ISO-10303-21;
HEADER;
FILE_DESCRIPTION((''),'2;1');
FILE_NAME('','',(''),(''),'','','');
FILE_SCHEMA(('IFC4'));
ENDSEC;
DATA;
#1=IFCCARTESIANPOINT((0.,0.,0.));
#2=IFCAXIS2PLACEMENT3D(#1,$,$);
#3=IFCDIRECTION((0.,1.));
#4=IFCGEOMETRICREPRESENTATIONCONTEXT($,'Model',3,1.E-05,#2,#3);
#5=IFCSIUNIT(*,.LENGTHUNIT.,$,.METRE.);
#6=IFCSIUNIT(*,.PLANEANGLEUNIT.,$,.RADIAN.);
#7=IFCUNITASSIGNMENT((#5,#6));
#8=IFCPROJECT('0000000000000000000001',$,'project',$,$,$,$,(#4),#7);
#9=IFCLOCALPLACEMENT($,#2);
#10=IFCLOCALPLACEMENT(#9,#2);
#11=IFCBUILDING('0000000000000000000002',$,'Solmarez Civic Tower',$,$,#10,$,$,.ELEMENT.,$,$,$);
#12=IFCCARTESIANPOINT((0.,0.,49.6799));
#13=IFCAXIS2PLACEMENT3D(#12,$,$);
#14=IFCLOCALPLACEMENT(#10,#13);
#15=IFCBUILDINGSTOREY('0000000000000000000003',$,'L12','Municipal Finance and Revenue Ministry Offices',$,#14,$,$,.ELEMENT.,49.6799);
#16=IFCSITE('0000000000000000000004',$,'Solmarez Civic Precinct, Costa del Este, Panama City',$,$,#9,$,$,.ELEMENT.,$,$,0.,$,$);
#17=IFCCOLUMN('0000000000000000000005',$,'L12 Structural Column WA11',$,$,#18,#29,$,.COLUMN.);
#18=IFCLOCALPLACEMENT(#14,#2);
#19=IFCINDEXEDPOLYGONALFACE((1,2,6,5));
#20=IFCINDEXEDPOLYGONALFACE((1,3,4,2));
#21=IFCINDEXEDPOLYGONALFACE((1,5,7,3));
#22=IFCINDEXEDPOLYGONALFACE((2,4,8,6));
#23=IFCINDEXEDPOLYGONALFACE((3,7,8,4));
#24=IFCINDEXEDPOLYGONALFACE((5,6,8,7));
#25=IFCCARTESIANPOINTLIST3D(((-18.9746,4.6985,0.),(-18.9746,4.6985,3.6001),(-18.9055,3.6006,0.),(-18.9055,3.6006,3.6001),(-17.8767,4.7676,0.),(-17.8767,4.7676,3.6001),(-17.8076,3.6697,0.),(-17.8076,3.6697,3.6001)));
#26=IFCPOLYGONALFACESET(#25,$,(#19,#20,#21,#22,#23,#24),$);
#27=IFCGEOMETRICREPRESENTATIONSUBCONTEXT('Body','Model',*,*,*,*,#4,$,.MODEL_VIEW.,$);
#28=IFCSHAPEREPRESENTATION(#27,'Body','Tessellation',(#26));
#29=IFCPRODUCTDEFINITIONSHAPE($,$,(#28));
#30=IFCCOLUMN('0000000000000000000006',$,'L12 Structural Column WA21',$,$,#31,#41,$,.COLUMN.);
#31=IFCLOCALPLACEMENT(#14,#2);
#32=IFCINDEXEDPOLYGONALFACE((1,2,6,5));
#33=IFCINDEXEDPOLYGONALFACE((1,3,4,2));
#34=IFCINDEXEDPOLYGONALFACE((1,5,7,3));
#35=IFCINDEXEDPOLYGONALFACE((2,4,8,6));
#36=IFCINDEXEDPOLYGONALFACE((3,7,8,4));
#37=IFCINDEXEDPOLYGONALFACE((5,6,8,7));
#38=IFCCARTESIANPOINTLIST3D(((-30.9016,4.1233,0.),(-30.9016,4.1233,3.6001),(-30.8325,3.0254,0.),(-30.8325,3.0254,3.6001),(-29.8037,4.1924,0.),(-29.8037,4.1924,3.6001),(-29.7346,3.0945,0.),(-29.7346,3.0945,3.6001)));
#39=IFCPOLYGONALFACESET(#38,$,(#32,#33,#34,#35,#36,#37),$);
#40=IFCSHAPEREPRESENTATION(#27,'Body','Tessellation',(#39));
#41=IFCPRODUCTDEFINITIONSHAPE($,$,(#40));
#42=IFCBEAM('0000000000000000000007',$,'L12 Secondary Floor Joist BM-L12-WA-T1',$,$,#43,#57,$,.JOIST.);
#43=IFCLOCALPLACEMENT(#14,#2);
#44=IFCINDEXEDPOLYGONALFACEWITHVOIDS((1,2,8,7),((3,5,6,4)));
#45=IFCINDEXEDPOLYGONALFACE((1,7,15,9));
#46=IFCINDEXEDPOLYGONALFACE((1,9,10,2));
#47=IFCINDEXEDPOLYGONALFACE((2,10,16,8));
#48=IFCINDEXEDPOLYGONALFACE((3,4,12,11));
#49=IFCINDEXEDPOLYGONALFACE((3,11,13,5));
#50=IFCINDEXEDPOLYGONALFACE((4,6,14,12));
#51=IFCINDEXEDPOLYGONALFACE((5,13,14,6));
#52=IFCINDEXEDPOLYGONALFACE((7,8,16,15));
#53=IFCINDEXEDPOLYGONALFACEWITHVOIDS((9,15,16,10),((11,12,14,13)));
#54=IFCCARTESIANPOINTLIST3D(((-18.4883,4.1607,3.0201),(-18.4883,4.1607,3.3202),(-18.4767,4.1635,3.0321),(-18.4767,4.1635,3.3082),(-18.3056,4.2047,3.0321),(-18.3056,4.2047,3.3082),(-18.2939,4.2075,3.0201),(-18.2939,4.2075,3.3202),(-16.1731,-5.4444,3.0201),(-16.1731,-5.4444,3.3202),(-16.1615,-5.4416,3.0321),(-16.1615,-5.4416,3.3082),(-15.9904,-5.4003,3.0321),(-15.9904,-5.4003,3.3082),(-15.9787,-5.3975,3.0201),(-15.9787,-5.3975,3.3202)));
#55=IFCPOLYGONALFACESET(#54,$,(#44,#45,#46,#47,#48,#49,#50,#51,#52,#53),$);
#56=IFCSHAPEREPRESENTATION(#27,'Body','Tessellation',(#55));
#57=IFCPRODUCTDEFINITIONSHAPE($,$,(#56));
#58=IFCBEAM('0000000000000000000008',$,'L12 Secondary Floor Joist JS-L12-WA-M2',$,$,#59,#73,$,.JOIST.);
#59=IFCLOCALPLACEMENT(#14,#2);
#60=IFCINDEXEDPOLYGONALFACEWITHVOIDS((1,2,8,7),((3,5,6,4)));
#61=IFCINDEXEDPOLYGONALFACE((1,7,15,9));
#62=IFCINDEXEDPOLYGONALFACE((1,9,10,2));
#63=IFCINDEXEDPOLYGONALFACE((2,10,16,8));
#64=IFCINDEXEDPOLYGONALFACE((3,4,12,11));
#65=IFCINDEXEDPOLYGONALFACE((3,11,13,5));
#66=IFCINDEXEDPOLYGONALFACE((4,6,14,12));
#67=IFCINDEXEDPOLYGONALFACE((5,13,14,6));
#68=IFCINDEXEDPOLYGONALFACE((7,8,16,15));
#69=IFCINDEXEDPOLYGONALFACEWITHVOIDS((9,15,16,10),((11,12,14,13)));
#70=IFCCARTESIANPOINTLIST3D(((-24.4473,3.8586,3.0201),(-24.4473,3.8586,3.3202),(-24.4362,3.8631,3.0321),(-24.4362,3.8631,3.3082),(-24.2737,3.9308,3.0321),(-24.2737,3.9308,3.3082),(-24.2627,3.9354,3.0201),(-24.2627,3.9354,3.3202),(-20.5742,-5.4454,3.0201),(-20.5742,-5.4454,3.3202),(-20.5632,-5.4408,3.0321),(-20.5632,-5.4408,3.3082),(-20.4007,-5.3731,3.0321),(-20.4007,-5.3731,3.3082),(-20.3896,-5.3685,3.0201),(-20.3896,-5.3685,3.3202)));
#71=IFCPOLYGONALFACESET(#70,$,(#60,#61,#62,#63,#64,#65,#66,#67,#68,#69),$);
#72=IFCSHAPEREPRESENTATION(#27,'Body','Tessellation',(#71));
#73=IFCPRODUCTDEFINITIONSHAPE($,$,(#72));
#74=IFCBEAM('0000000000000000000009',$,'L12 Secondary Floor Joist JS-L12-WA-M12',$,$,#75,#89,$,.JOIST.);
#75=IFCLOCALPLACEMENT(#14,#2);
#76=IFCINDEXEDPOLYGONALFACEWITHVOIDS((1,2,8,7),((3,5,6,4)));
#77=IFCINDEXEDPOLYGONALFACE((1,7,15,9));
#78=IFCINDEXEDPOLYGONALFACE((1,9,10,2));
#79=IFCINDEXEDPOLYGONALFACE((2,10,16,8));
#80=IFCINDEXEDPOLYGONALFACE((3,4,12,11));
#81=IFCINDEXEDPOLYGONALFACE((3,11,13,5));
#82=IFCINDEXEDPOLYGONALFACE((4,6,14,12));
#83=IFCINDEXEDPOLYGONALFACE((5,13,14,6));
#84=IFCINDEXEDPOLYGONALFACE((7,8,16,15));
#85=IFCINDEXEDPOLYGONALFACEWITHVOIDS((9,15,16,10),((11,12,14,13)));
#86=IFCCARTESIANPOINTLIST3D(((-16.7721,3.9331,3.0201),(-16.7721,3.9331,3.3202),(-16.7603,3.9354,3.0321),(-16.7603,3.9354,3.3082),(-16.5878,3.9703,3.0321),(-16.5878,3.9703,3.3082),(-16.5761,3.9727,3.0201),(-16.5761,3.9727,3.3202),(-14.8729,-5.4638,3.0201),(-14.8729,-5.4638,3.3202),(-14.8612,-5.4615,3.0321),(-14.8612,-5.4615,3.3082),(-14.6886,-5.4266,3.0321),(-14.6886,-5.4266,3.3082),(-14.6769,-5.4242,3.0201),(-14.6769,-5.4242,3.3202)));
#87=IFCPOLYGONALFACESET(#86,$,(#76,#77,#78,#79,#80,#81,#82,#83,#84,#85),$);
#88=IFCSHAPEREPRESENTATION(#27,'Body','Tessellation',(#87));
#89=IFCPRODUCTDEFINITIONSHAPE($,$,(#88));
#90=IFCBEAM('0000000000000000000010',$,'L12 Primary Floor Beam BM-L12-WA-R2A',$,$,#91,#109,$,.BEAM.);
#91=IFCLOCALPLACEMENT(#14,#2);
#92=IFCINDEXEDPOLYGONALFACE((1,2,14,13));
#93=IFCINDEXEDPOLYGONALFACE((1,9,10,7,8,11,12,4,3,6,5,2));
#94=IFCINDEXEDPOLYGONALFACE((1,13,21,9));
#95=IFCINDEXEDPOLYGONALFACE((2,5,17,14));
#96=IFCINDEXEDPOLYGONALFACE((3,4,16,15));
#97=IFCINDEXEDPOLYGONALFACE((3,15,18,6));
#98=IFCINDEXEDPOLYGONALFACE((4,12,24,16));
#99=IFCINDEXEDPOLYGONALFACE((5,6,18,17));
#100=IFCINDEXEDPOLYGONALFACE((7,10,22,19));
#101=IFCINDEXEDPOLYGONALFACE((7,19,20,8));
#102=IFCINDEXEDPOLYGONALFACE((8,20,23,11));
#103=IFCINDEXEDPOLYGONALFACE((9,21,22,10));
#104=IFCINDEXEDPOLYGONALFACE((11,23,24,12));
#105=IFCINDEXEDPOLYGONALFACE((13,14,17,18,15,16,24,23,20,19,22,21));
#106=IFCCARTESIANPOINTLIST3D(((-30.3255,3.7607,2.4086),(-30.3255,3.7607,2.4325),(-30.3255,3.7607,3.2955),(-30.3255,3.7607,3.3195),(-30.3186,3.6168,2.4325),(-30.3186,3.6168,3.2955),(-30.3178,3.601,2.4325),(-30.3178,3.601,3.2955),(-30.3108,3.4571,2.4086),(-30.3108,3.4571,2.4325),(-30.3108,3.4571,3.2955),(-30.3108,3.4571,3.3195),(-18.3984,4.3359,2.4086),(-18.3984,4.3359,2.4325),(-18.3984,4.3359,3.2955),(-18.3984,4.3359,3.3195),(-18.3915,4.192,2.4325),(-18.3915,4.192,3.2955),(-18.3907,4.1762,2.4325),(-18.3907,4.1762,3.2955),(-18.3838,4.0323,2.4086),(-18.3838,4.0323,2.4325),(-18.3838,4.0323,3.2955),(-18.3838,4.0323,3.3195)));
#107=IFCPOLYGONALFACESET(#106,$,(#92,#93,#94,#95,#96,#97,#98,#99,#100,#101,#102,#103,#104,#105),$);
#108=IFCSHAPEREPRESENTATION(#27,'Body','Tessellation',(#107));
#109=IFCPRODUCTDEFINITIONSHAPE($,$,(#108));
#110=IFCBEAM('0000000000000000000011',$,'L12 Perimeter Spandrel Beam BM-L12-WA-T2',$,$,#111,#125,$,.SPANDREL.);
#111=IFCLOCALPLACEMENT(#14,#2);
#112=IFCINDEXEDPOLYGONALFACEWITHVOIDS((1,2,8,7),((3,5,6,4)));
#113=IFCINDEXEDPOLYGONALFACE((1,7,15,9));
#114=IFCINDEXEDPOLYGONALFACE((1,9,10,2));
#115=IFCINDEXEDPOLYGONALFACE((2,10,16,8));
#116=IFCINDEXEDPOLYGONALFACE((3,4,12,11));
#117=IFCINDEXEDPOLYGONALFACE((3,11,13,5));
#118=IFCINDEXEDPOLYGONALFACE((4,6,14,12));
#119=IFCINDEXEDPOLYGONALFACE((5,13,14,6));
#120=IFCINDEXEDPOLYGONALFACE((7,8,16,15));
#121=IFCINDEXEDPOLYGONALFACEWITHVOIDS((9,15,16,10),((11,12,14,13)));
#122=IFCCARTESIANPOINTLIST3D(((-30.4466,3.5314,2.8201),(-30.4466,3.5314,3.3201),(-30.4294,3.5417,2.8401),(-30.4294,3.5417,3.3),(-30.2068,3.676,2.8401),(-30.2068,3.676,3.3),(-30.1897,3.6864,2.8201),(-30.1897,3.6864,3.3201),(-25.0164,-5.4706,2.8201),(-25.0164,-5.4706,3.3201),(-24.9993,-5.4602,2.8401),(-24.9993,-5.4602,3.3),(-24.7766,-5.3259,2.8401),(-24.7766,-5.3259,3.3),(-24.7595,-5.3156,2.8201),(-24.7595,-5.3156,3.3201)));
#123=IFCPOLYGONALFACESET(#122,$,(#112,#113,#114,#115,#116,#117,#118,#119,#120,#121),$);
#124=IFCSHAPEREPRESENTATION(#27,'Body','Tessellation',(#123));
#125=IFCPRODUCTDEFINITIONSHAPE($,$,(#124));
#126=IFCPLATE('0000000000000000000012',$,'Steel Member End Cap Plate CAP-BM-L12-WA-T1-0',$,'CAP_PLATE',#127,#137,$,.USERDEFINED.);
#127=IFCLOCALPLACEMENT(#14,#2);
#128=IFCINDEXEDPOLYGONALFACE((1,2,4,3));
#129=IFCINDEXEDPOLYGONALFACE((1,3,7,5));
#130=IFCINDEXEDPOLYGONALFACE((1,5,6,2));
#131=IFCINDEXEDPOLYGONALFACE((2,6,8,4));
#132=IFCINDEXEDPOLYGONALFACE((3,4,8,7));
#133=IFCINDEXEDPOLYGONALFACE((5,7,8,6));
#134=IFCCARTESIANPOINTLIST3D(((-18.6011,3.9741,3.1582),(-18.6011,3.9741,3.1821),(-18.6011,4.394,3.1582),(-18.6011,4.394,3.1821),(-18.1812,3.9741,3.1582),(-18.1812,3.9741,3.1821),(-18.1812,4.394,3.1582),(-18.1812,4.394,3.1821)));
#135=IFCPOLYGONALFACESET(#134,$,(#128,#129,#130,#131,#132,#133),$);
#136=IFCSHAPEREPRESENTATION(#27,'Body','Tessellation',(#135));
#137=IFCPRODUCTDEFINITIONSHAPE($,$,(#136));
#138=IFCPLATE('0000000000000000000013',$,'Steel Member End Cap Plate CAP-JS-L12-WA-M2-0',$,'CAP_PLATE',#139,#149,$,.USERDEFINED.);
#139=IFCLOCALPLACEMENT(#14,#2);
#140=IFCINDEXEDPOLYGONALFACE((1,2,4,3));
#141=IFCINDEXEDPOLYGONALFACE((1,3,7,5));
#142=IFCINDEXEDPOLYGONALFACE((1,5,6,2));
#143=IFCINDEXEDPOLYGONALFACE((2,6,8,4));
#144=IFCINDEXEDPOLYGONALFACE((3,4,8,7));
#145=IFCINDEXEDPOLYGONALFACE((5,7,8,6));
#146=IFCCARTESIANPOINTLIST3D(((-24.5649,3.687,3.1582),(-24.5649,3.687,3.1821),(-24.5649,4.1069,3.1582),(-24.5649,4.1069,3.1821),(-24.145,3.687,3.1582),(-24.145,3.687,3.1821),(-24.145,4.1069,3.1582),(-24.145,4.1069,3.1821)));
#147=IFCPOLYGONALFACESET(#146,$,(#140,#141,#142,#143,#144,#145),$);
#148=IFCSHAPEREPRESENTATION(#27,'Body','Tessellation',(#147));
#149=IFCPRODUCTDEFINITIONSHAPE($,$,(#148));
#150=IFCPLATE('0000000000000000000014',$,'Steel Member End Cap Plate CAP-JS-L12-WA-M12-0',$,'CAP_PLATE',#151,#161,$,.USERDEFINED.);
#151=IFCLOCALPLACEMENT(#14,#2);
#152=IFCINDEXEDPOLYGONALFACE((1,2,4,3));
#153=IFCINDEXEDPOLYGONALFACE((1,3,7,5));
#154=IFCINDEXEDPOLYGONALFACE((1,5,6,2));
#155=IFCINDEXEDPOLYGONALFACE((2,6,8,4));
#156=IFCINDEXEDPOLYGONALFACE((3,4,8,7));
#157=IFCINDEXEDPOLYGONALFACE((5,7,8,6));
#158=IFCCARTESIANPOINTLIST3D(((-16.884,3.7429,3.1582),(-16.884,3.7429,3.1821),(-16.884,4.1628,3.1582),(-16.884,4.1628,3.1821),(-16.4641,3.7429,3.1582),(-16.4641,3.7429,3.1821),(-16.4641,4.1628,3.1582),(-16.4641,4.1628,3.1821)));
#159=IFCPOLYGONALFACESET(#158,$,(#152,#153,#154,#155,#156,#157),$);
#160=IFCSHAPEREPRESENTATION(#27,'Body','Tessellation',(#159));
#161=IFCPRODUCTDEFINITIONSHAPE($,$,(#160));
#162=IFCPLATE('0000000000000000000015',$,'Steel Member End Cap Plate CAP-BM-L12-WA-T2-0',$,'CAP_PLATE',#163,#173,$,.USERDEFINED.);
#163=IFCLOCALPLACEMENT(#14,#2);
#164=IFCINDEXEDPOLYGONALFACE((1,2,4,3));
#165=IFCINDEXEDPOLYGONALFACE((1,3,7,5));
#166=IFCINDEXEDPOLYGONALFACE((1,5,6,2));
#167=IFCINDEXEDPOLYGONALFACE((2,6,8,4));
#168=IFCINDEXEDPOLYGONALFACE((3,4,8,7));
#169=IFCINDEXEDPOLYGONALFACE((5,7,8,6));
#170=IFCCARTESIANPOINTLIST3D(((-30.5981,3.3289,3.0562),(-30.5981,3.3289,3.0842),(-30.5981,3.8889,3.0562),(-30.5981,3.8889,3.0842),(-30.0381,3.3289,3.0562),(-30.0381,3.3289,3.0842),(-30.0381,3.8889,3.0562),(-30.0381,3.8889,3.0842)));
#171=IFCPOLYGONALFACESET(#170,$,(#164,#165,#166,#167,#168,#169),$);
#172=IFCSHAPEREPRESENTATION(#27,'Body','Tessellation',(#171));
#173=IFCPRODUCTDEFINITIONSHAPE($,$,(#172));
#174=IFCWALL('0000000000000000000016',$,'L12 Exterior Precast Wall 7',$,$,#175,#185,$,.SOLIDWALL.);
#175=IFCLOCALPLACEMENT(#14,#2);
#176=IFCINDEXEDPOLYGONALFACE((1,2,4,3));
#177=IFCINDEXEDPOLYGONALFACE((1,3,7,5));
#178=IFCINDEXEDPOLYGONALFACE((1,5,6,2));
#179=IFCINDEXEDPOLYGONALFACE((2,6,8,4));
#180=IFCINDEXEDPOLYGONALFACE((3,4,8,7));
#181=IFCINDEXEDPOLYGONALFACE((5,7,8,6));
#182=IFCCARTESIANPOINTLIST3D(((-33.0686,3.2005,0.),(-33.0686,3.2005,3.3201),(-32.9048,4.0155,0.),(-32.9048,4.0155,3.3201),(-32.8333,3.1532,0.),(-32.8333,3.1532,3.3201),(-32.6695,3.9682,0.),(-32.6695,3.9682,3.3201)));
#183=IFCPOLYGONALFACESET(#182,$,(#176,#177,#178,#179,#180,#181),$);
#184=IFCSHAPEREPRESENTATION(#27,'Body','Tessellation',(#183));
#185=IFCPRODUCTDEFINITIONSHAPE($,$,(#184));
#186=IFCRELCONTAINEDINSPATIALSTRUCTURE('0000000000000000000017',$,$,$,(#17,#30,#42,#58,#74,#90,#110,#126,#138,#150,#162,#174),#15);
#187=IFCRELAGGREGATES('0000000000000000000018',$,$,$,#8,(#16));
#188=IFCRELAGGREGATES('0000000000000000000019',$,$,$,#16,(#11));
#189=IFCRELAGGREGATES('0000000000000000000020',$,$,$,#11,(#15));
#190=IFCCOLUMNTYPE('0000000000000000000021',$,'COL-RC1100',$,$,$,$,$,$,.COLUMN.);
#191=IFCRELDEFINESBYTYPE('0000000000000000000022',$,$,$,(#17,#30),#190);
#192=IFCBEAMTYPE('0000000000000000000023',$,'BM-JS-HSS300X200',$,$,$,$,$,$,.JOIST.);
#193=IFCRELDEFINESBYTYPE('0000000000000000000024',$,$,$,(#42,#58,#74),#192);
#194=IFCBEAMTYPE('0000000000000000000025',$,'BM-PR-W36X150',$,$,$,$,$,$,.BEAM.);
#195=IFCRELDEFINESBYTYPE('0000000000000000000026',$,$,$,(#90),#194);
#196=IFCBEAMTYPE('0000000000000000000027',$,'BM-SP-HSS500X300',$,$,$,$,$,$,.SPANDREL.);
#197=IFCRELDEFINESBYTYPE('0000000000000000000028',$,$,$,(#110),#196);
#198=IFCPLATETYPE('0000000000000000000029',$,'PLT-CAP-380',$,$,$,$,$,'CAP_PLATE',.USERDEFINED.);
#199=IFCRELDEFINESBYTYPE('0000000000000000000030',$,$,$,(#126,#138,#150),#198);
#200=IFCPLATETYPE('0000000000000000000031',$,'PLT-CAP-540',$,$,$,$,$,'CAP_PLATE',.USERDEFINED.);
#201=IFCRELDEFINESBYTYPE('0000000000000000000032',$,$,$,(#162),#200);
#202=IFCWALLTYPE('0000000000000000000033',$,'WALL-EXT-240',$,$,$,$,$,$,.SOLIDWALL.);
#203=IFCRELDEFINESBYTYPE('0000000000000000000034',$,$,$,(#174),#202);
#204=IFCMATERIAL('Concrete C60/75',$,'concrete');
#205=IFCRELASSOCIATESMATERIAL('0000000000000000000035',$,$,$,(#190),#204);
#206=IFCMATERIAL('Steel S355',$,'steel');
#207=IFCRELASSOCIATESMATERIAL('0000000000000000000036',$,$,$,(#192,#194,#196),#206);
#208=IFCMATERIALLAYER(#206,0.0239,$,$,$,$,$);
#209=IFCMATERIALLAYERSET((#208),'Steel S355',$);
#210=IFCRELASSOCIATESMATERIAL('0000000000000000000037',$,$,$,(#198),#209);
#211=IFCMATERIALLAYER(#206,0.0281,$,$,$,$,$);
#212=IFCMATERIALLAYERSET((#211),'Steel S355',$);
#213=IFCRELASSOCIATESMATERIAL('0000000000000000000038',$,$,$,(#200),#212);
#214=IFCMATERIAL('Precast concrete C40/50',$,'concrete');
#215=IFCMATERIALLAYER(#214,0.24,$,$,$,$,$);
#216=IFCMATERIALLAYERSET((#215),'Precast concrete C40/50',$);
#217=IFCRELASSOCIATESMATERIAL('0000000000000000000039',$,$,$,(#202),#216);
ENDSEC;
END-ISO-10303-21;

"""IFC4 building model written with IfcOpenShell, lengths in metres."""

from ifc_helpers import new_model, si_unit, direction, frame, frame_2d, origin, origin_2d, place, context, subcontext, project, spatial, rectangle, hollow_rectangle, i_section, extrude, material, layer, layer_set, material_profile, profile_set, type_object, element, save


model = new_model("IFC4")

# Units and contexts
model_context = context("Model", 3, precision=1e-05, world=origin(), true_north=direction((0.0, 1.0)))
body_context = subcontext(model_context, "Body", "Model", "MODEL_VIEW")
ifc_project = project(units=[si_unit("LENGTHUNIT", "METRE"), si_unit("PLANEANGLEUNIT", "RADIAN")], contexts=[model_context])

# Site, building, storey
site_placement = place(None, origin())
site = spatial("IfcSite", under=ifc_project, at=site_placement, Name="Solmarez Civic Precinct, Costa del Este, Panama City", CompositionType="ELEMENT", RefElevation=0.0)
building_placement = place(site_placement, origin())
building = spatial("IfcBuilding", under=site, at=building_placement, Name="Solmarez Civic Tower", CompositionType="ELEMENT")
storey_placement = place(building_placement, frame((0.0, 0.0, 49.6799)))
storey = spatial("IfcBuildingStorey", under=building, at=storey_placement, Name="L12", Description="Municipal Finance and Revenue Ministry Offices", CompositionType="ELEMENT", Elevation=49.6799)

# Columns
ifc_material_1 = material(Name="Concrete C60/75", Category="concrete")
ifc_material_profile_1 = material_profile(ifc_material_1, rectangle(XDim=1.1001, YDim=1.1001, at=origin_2d()), Name="RC1100X1100")
ifc_profile_set_1 = profile_set([ifc_material_profile_1], Name="Concrete C60/75")
column_type = type_object("IfcColumnType", Name="COL-RC1100", PredefinedType="COLUMN", material=ifc_profile_set_1)
for number, where, z_axis, x_axis, name in (
    (1, (-18.3911, 4.1841, 0.0), (0.0, 0.0, 1.0), (0.998027, 0.062791, 0.0), "L12 Structural Column WA11"),
    (2, (-30.3181, 3.6089, 0.0), (0.0, 0.0, 1.0), (0.998027, 0.062791, 0.0), "L12 Structural Column WA21"),
):
    element("IfcColumn", number, at=place(storey_placement, frame(where, z_axis=z_axis, x_axis=x_axis)), inside=storey, type_object=column_type, Name=name, PredefinedType="COLUMN", context=body_context, shape_type="SweptSolid", body=[
        extrude(rectangle(XDim=1.1001, YDim=1.1001, at=origin_2d()), origin(), (0.0, 0.0, 1.0), 3.6001),
    ])

# Beams
ifc_material_2 = material(Name="Steel S355", Category="steel")
ifc_material_profile_2 = material_profile(ifc_material_2, hollow_rectangle(XDim=0.2, YDim=0.3, WallThickness=0.012, at=origin_2d()), Name="HSS300X200X12")
ifc_profile_set_2 = profile_set([ifc_material_profile_2], Name="Steel S355")
beam_type_1 = type_object("IfcBeamType", Name="BM-JS-HSS300X200", PredefinedType="JOIST", material=ifc_profile_set_2)
beam_1_placement = place(storey_placement, frame((-18.3911, 4.1841, 3.1702), z_axis=(0.234329, -0.972157, 0.0), x_axis=(0.972157, 0.234329, 0.0)))
element("IfcBeam", 3, at=beam_1_placement, inside=storey, type_object=beam_type_1, Name="L12 Secondary Floor Joist BM-L12-WA-T1", PredefinedType="JOIST", context=body_context, shape_type="SweptSolid", body=[
    extrude(hollow_rectangle(XDim=0.2, YDim=0.3, WallThickness=0.012, at=origin_2d()), origin(), (0.0, 0.0, 1.0), 9.8801),
])
beam_2_placement = place(storey_placement, frame((-24.355, 3.897, 3.1702), z_axis=(0.384311, -0.923204, 0.0), x_axis=(0.923204, 0.384311, 0.0)))
element("IfcBeam", 4, at=beam_2_placement, inside=storey, type_object=beam_type_1, Name="L12 Secondary Floor Joist JS-L12-WA-M2", PredefinedType="JOIST", context=body_context, shape_type="SweptSolid", body=[
    extrude(hollow_rectangle(XDim=0.2, YDim=0.3, WallThickness=0.012, at=origin_2d()), origin(), (0.0, 0.0, 1.0), 10.0779),
])
beam_3_placement = place(storey_placement, frame((-16.6741, 3.9529, 3.1702), z_axis=(0.198099, -0.980182, 0.0), x_axis=(0.980182, 0.198099, 0.0)))
element("IfcBeam", 5, at=beam_3_placement, inside=storey, type_object=beam_type_1, Name="L12 Secondary Floor Joist JS-L12-WA-M12", PredefinedType="JOIST", context=body_context, shape_type="SweptSolid", body=[
    extrude(hollow_rectangle(XDim=0.2, YDim=0.3, WallThickness=0.012, at=origin_2d()), origin(), (0.0, 0.0, 1.0), 9.5869),
])
ifc_material_profile_3 = material_profile(ifc_material_2, i_section(OverallWidth=0.304, OverallDepth=0.9109, WebThickness=0.0159, FlangeThickness=0.0239, at=origin_2d()), Name="W36X150")
ifc_profile_set_3 = profile_set([ifc_material_profile_3], Name="Steel S355")
beam_type_2 = type_object("IfcBeamType", Name="BM-PR-W36X150", PredefinedType="BEAM", material=ifc_profile_set_3)
beam_4_placement = place(storey_placement, frame((-18.3911, 4.1841, 2.864), z_axis=(-0.998839, -0.04817, 0.0), x_axis=(0.04817, -0.998839, 0.0)))
element("IfcBeam", 6, at=beam_4_placement, inside=storey, type_object=beam_type_2, Name="L12 Primary Floor Beam BM-L12-WA-R2A", PredefinedType="BEAM", context=body_context, shape_type="SweptSolid", body=[
    extrude(i_section(OverallWidth=0.304, OverallDepth=0.9109, WebThickness=0.0159, FlangeThickness=0.0239, at=origin_2d()), origin(), (0.0, 0.0, 1.0), 11.9409),
])
ifc_material_profile_4 = material_profile(ifc_material_2, hollow_rectangle(XDim=0.3, YDim=0.5, WallThickness=0.02, at=origin_2d()), Name="HSS500X300X20")
ifc_profile_set_4 = profile_set([ifc_material_profile_4], Name="Steel S355")
beam_type_3 = type_object("IfcBeamType", Name="BM-SP-HSS500X300", PredefinedType="SPANDREL", material=ifc_profile_set_4)
beam_5_placement = place(storey_placement, frame((-30.3181, 3.6089, 3.0701), z_axis=(0.516523, -0.856273, 0.0), x_axis=(0.856273, 0.516523, 0.0)))
element("IfcBeam", 7, at=beam_5_placement, inside=storey, type_object=beam_type_3, Name="L12 Perimeter Spandrel Beam BM-L12-WA-T2", PredefinedType="SPANDREL", context=body_context, shape_type="SweptSolid", body=[
    extrude(hollow_rectangle(XDim=0.3, YDim=0.5, WallThickness=0.02, at=origin_2d()), origin(), (0.0, 0.0, 1.0), 10.5129),
])

# Plates
ifc_layer_1 = layer(ifc_material_2, 0.0239)
ifc_layer_set_1 = layer_set([ifc_layer_1], Name="Steel S355")
plate_type_1 = type_object("IfcPlateType", Name="PLT-CAP-380", ElementType="CAP_PLATE", PredefinedType="USERDEFINED", material=ifc_layer_set_1)
for number, where, z_axis, x_axis, name in (
    (8, (-18.3911, 4.1841, 3.1582), (0.0, 0.0, 1.0), (1.0, 0.0, 0.0), "Steel Member End Cap Plate CAP-BM-L12-WA-T1-0"),
    (9, (-24.355, 3.897, 3.1582), (0.0, 0.0, 1.0), (1.0, 0.0, 0.0), "Steel Member End Cap Plate CAP-JS-L12-WA-M2-0"),
    (10, (-16.6741, 3.9529, 3.1582), (0.0, 0.0, 1.0), (1.0, 0.0, 0.0), "Steel Member End Cap Plate CAP-JS-L12-WA-M12-0"),
):
    element("IfcPlate", number, at=place(storey_placement, frame(where, z_axis=z_axis, x_axis=x_axis)), inside=storey, type_object=plate_type_1, Name=name, ObjectType="CAP_PLATE", PredefinedType="USERDEFINED", context=body_context, shape_type="SweptSolid", body=[
        extrude(rectangle(XDim=0.4199, YDim=0.4199, at=origin_2d()), origin(), (0.0, 0.0, 1.0), 0.0239),
    ])
ifc_layer_2 = layer(ifc_material_2, 0.0281)
ifc_layer_set_2 = layer_set([ifc_layer_2], Name="Steel S355")
plate_type_2 = type_object("IfcPlateType", Name="PLT-CAP-540", ElementType="CAP_PLATE", PredefinedType="USERDEFINED", material=ifc_layer_set_2)
plate_placement = place(storey_placement, frame((-30.3181, 3.6089, 3.0562), z_axis=(0.0, 0.0, 1.0), x_axis=(1.0, 0.0, 0.0)))
element("IfcPlate", 11, at=plate_placement, inside=storey, type_object=plate_type_2, Name="Steel Member End Cap Plate CAP-BM-L12-WA-T2-0", ObjectType="CAP_PLATE", PredefinedType="USERDEFINED", context=body_context, shape_type="SweptSolid", body=[
    extrude(rectangle(XDim=0.5601, YDim=0.5601, at=origin_2d()), origin(), (0.0, 0.0, 1.0), 0.0281),
])

# Wall
ifc_material_3 = material(Name="Precast concrete C40/50", Category="concrete")
ifc_layer_3 = layer(ifc_material_3, 0.24)
ifc_layer_set_3 = layer_set([ifc_layer_3], Name="Precast concrete C40/50")
wall_type_1 = type_object("IfcWallType", Name="WALL-EXT-240", PredefinedType="SOLIDWALL", material=ifc_layer_set_3)
wall_1_placement = place(storey_placement, frame((-32.9509, 3.177, 0.0), z_axis=(0.0, 0.0, 1.0), x_axis=(0.197076, 0.980388, 0.0)))
element("IfcWall", 12, at=wall_1_placement, inside=storey, type_object=wall_type_1, Name="L12 Exterior Precast Wall 7", PredefinedType="SOLIDWALL", context=body_context, shape_type="SweptSolid", body=[
    extrude(rectangle(XDim=0.8313, YDim=0.24, at=frame_2d((0.4155, 0.0))), origin(), (0.0, 0.0, 1.0), 3.3201),
])

save(model, "model.ifc")
